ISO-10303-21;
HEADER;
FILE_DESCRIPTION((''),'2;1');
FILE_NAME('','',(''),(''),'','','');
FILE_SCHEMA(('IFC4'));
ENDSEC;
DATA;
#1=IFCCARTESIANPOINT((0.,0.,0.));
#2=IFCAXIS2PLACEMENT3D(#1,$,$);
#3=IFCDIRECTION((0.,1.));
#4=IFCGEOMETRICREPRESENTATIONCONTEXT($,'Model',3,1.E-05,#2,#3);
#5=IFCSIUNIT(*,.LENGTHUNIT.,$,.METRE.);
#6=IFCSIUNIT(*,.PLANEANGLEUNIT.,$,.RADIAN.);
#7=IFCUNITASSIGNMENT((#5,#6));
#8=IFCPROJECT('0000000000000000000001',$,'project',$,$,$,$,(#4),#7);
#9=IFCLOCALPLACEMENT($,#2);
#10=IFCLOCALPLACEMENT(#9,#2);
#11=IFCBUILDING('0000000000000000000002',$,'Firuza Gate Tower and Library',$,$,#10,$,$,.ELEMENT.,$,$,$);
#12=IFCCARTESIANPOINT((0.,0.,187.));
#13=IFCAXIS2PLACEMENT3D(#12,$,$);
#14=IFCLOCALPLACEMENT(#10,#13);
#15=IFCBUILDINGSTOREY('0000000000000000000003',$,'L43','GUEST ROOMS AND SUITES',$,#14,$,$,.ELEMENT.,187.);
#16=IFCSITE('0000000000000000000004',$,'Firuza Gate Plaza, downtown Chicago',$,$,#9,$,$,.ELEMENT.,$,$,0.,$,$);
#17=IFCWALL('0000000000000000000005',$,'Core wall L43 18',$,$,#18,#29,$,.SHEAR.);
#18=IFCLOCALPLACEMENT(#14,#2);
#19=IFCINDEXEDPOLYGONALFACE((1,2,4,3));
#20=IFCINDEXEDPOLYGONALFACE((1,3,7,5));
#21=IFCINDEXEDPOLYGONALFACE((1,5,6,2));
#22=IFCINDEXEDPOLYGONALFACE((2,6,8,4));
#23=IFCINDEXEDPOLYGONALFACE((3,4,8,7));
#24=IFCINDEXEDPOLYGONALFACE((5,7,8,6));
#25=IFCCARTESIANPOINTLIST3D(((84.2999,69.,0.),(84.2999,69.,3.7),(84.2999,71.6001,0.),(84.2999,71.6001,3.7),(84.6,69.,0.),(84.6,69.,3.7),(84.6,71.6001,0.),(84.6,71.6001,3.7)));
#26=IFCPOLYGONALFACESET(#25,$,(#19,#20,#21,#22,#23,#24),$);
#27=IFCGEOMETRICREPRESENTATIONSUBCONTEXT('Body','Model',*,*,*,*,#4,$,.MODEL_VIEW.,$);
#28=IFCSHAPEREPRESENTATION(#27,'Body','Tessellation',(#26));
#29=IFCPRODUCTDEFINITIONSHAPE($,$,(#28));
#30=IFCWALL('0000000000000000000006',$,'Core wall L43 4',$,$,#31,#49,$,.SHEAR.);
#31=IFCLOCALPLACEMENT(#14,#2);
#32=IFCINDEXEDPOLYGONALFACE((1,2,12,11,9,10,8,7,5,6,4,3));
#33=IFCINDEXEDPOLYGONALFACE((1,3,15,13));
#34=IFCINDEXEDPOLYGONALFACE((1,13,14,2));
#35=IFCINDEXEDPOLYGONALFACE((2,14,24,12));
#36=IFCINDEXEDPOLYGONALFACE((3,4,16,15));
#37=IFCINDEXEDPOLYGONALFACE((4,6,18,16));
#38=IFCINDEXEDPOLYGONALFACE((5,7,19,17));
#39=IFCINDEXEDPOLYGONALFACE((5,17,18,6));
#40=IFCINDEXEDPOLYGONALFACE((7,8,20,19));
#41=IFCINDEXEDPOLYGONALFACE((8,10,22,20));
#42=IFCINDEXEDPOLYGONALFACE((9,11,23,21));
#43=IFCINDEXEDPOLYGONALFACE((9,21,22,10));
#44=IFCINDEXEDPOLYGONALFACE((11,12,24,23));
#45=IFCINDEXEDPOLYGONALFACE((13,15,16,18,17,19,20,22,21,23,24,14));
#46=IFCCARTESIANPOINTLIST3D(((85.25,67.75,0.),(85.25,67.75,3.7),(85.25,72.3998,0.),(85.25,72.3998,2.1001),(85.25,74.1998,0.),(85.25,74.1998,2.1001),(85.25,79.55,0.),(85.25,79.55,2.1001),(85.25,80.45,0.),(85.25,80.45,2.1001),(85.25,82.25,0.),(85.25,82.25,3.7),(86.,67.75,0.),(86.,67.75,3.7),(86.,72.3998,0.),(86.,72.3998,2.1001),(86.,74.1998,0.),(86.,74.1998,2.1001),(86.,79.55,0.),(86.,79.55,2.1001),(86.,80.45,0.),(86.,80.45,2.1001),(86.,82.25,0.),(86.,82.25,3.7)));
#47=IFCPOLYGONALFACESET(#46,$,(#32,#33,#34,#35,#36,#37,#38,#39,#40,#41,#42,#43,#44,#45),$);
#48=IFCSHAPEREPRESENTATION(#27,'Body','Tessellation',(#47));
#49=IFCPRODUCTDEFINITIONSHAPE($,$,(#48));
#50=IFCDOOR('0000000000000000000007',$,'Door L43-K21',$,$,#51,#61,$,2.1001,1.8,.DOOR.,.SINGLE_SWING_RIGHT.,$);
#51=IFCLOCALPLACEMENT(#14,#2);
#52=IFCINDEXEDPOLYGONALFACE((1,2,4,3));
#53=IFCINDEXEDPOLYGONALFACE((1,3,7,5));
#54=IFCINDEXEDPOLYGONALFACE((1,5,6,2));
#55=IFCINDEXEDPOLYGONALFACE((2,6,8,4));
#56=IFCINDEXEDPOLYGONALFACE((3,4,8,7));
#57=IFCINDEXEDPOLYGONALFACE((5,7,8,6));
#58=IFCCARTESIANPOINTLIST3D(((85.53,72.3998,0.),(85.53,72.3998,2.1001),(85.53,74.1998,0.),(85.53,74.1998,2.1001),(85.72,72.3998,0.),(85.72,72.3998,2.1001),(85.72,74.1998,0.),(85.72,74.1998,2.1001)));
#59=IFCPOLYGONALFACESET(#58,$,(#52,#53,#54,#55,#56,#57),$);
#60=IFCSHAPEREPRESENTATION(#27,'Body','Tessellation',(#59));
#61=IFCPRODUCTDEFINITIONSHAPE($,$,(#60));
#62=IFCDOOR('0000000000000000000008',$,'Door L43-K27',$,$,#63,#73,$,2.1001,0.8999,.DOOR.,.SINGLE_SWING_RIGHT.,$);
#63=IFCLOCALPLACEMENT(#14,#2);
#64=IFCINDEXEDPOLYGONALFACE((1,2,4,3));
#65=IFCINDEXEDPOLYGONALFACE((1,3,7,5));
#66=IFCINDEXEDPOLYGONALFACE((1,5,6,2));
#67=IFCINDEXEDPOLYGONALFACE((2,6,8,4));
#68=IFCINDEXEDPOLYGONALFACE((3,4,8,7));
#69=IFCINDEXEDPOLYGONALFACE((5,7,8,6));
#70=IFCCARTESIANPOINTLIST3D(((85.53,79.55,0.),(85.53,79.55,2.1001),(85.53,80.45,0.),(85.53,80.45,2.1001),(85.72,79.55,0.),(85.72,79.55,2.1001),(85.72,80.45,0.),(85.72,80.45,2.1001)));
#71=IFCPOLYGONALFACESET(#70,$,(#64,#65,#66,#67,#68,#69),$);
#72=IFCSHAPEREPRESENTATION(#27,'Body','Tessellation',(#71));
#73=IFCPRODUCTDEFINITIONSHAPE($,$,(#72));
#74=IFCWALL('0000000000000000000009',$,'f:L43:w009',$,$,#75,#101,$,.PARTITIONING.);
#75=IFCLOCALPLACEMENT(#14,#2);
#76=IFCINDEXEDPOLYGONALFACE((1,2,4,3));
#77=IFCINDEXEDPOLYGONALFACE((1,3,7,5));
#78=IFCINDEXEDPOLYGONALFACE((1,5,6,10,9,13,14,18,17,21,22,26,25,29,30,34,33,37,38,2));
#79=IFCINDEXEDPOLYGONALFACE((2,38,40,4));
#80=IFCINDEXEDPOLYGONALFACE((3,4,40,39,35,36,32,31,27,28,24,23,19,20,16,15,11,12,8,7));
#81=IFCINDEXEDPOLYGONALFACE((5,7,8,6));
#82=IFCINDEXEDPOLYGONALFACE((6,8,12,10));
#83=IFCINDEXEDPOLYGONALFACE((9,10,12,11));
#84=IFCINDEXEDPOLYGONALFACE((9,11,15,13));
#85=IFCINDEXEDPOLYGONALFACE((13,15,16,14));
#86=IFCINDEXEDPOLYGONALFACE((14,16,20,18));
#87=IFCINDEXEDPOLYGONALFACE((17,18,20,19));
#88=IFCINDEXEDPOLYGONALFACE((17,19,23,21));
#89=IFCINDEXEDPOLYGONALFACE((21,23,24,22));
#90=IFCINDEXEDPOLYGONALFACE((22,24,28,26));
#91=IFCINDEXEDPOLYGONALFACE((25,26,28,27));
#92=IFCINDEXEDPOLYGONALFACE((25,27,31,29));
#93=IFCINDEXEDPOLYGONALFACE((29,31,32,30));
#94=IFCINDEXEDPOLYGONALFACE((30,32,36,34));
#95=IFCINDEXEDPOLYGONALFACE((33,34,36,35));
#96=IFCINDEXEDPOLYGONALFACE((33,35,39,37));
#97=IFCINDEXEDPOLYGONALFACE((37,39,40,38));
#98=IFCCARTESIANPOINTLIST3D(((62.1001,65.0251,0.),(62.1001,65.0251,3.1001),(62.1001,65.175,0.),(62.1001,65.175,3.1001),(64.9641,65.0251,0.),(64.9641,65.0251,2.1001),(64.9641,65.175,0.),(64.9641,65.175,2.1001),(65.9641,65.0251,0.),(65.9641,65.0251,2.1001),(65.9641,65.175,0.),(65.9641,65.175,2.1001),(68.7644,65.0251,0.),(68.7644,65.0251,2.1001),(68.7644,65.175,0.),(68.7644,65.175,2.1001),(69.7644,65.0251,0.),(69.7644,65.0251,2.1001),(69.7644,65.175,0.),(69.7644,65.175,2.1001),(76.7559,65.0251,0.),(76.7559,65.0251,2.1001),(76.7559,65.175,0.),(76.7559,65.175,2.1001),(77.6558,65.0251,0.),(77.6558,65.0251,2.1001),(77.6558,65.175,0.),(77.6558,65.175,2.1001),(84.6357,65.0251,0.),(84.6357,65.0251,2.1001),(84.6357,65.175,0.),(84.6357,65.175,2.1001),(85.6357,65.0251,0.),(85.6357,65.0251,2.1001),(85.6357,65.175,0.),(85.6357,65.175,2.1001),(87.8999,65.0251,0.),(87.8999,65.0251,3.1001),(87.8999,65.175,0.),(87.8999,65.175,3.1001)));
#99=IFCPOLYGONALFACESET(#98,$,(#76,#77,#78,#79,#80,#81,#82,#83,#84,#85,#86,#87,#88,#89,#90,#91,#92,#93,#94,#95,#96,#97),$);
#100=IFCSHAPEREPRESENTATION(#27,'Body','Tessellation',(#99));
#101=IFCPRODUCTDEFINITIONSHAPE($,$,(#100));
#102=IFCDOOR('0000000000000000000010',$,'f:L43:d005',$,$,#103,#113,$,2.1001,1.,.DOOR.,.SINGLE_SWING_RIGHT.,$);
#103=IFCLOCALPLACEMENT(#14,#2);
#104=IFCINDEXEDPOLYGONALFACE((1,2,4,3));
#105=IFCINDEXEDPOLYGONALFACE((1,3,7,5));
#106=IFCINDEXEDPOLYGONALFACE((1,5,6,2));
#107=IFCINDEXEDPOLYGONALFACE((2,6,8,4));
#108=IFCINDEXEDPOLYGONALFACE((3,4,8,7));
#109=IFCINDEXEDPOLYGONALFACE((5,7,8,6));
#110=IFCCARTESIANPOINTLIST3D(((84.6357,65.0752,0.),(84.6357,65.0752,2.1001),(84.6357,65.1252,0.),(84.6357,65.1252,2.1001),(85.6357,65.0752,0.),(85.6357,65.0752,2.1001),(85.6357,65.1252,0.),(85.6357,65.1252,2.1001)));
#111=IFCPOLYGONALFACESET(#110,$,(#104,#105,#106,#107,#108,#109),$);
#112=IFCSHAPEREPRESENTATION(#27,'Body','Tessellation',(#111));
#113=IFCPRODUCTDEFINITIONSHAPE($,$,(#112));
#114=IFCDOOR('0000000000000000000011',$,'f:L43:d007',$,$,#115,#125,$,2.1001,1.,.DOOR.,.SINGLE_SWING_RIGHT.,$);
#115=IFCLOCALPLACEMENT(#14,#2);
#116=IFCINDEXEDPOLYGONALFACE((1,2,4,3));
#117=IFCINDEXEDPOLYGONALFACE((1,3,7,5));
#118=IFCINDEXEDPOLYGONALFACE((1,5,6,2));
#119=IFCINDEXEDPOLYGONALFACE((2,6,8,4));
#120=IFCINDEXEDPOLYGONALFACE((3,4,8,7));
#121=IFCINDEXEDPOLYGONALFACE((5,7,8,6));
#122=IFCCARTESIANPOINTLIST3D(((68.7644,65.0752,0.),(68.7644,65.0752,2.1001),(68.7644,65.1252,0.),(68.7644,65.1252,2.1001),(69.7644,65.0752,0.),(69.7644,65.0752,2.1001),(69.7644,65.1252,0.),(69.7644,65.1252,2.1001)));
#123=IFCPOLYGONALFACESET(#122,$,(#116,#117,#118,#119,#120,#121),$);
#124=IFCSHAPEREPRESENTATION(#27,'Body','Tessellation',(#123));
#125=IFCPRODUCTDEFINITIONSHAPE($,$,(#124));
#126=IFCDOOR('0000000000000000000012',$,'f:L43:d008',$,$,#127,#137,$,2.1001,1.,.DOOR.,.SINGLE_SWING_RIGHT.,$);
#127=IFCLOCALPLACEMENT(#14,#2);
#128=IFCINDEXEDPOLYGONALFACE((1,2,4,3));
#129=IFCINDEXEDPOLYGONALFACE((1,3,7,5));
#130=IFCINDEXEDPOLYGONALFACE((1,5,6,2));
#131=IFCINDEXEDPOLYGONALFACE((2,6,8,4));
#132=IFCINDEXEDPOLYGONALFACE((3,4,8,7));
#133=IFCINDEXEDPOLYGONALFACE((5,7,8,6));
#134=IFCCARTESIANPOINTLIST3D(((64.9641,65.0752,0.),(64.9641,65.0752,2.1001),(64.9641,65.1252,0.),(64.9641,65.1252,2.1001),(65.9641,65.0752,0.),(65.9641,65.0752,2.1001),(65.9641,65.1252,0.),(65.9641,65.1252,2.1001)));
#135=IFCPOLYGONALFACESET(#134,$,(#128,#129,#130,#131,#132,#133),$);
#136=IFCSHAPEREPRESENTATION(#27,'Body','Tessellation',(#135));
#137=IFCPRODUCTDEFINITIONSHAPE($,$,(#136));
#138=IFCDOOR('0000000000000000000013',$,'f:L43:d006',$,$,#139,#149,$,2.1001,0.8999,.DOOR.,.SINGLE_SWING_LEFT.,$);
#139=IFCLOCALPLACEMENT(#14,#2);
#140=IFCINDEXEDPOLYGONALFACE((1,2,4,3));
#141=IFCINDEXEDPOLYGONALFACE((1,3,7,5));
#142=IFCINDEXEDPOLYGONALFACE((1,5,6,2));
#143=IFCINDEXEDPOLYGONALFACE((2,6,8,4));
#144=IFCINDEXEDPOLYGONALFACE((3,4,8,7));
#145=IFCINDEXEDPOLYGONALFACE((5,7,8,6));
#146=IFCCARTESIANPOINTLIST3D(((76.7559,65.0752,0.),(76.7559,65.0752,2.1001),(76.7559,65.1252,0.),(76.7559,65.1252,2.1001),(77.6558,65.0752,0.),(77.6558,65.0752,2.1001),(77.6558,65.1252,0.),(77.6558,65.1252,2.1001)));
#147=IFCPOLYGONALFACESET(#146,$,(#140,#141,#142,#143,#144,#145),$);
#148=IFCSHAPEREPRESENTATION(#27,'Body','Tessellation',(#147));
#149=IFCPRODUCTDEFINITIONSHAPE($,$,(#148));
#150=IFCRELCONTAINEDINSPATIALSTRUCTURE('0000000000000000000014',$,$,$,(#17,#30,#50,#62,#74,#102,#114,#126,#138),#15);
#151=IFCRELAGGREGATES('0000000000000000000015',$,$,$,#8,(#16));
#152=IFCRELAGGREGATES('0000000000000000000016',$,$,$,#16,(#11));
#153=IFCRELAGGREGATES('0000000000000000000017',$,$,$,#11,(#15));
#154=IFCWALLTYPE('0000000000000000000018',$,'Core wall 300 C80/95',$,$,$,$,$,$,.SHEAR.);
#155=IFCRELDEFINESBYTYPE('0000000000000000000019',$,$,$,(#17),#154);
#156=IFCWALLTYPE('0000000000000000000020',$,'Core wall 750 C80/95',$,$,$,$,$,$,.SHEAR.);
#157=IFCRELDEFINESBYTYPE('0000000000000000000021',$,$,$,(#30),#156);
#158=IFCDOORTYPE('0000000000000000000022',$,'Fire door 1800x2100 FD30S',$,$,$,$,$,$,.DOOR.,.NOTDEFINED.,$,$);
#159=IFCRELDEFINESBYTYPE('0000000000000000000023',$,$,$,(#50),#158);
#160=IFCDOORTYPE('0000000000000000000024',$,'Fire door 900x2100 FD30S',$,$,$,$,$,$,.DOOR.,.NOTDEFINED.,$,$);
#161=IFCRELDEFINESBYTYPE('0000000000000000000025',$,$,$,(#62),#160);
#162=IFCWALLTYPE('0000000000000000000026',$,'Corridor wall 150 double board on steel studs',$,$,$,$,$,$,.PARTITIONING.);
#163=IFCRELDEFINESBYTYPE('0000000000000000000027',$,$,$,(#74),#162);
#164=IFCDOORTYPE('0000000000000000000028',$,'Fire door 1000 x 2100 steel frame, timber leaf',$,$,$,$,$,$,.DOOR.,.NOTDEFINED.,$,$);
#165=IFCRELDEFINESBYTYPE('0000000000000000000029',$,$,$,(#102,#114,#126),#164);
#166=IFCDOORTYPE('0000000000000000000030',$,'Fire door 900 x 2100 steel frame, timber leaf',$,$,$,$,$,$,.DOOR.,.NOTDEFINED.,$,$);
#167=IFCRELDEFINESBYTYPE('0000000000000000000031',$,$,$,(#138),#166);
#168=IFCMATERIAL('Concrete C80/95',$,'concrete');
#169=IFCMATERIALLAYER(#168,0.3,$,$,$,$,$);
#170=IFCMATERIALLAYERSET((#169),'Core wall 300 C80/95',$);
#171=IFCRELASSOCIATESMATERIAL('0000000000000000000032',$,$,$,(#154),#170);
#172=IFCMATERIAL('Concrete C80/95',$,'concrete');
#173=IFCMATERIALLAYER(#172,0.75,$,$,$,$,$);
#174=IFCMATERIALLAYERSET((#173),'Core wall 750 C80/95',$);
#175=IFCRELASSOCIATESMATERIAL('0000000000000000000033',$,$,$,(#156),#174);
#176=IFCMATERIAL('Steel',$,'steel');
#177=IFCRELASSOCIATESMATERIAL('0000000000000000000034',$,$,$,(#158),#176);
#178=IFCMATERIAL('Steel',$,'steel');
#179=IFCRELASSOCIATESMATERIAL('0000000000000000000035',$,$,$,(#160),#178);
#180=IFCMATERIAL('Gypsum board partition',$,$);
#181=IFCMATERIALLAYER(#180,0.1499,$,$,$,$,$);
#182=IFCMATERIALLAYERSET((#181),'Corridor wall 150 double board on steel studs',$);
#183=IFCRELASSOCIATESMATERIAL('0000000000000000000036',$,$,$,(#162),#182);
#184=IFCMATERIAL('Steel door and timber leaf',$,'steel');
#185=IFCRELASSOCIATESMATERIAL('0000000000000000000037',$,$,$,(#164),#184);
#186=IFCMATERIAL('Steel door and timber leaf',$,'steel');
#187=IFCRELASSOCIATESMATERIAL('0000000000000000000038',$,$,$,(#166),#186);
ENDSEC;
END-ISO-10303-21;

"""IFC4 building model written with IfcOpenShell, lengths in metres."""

from ifc_helpers import new_model, si_unit, direction, frame, frame_2d, origin, place, context, subcontext, project, spatial, rectangle, extrude, material, layer, layer_set, type_object, element, fill, save


model = new_model("IFC4")

# Units and contexts
model_context = context("Model", 3, precision=1e-05, world=origin(), true_north=direction((0.0, 1.0)))
body_context = subcontext(model_context, "Body", "Model", "MODEL_VIEW")
ifc_project = project(units=[si_unit("LENGTHUNIT", "METRE"), si_unit("PLANEANGLEUNIT", "RADIAN")], contexts=[model_context])

# Site, building, storey
site_placement = place(None, origin())
site = spatial("IfcSite", under=ifc_project, at=site_placement, Name="Firuza Gate Plaza, downtown Chicago", CompositionType="ELEMENT", RefElevation=0.0)
building_placement = place(site_placement, origin())
building = spatial("IfcBuilding", under=site, at=building_placement, Name="Firuza Gate Tower and Library", CompositionType="ELEMENT")
storey_placement = place(building_placement, frame((0.0, 0.0, 187.0)))
storey = spatial("IfcBuildingStorey", under=building, at=storey_placement, Name="L43", Description="GUEST ROOMS AND SUITES", CompositionType="ELEMENT", Elevation=187.0)

# Wall
ifc_material_1 = material(Name="Concrete C80/95", Category="concrete")
ifc_layer_1 = layer(ifc_material_1, 0.3)
ifc_layer_set_1 = layer_set([ifc_layer_1], Name="Core wall 300 C80/95")
wall_type_1 = type_object("IfcWallType", Name="Core wall 300 C80/95", PredefinedType="SHEAR", material=ifc_layer_set_1)
for number, where, z_axis, x_axis, name in (
    (1, (84.45, 69.0, 0.0), (0.0, 0.0, 1.0), (0.0, 1.0, 0.0), "Core wall L43 18"),
):
    element("IfcWall", number, at=place(storey_placement, frame(where, z_axis=z_axis, x_axis=x_axis)), inside=storey, type_object=wall_type_1, Name=name, PredefinedType="SHEAR", context=body_context, shape_type="SweptSolid", body=[
        extrude(rectangle(XDim=2.6001, YDim=0.3, at=frame_2d((1.3, 0.0))), origin(), (0.0, 0.0, 1.0), 3.7),
    ])

# Walls, openings, doors
ifc_material_2 = material(Name="Concrete C80/95", Category="concrete")
ifc_layer_2 = layer(ifc_material_2, 0.75)
ifc_layer_set_2 = layer_set([ifc_layer_2], Name="Core wall 750 C80/95")
wall_type_2 = type_object("IfcWallType", Name="Core wall 750 C80/95", PredefinedType="SHEAR", material=ifc_layer_set_2)
wall_1_placement = place(storey_placement, frame((85.625, 67.75, 0.0), z_axis=(0.0, 0.0, 1.0), x_axis=(0.0, 1.0, 0.0)))
wall_1 = element("IfcWall", 2, at=wall_1_placement, inside=storey, type_object=wall_type_2, Name="Core wall L43 4", PredefinedType="SHEAR", context=body_context, shape_type="SweptSolid", body=[
    extrude(rectangle(XDim=14.5, YDim=0.75, at=frame_2d((7.25, 0.0))), origin(), (0.0, 0.0, 1.0), 3.7),
])
opening_1_placement = place(wall_1_placement, frame((4.6499, 0.0, 0.0)))
opening_1 = element("IfcOpeningElement", 3, at=opening_1_placement, cuts=wall_1, PredefinedType="OPENING", context=body_context, shape_type="SweptSolid", body=[
    extrude(rectangle(XDim=1.8, YDim=2.1001, at=frame_2d((0.8999, 1.05))), frame((0.0, 0.385, 0.0), z_axis=(0.0, -1.0, 0.0), x_axis=(1.0, 0.0, 0.0)), (0.0, 0.0, 1.0), 0.77),
])
opening_2_placement = place(wall_1_placement, frame((11.8, 0.0, 0.0)))
opening_2 = element("IfcOpeningElement", 4, at=opening_2_placement, cuts=wall_1, PredefinedType="OPENING", context=body_context, shape_type="SweptSolid", body=[
    extrude(rectangle(XDim=0.8999, YDim=2.1001, at=frame_2d((0.45, 1.05))), frame((0.0, 0.385, 0.0), z_axis=(0.0, -1.0, 0.0), x_axis=(1.0, 0.0, 0.0)), (0.0, 0.0, 1.0), 0.77),
])
ifc_material_3 = material(Name="Steel", Category="steel")
door_type_1 = type_object("IfcDoorType", Name="Fire door 1800x2100 FD30S", OperationType="NOTDEFINED", PredefinedType="DOOR", material=ifc_material_3)
door_1_placement = place(opening_1_placement, origin())
door_1 = element("IfcDoor", 5, at=door_1_placement, inside=storey, type_object=door_type_1, Name="Door L43-K21", OperationType="SINGLE_SWING_RIGHT", OverallHeight=2.1001, OverallWidth=1.8, PredefinedType="DOOR", context=body_context, shape_type="SweptSolid", body=[
    extrude(rectangle(XDim=1.8, YDim=2.1001, at=frame_2d((0.8999, 1.05))), frame((0.0, 0.095, 0.0), z_axis=(0.0, -1.0, 0.0), x_axis=(1.0, 0.0, 0.0)), (0.0, 0.0, 1.0), 0.1899),
])
fill(opening_1, door_1)
ifc_material_4 = material(Name="Steel", Category="steel")
door_type_2 = type_object("IfcDoorType", Name="Fire door 900x2100 FD30S", OperationType="NOTDEFINED", PredefinedType="DOOR", material=ifc_material_4)
door_2_placement = place(opening_2_placement, origin())
door_2 = element("IfcDoor", 6, at=door_2_placement, inside=storey, type_object=door_type_2, Name="Door L43-K27", OperationType="SINGLE_SWING_RIGHT", OverallHeight=2.1001, OverallWidth=0.8999, PredefinedType="DOOR", context=body_context, shape_type="SweptSolid", body=[
    extrude(rectangle(XDim=0.8999, YDim=2.1001, at=frame_2d((0.45, 1.05))), frame((0.0, 0.095, 0.0), z_axis=(0.0, -1.0, 0.0), x_axis=(1.0, 0.0, 0.0)), (0.0, 0.0, 1.0), 0.1899),
])
fill(opening_2, door_2)
ifc_material_5 = material(Name="Gypsum board partition")
ifc_layer_3 = layer(ifc_material_5, 0.1499)
ifc_layer_set_3 = layer_set([ifc_layer_3], Name="Corridor wall 150 double board on steel studs")
wall_type_3 = type_object("IfcWallType", Name="Corridor wall 150 double board on steel studs", PredefinedType="PARTITIONING", material=ifc_layer_set_3)
wall_2_placement = place(storey_placement, frame((87.8999, 65.1001, 0.0), z_axis=(0.0, 0.0, 1.0), x_axis=(-1.0, 0.0, 0.0)))
wall_2 = element("IfcWall", 7, at=wall_2_placement, inside=storey, type_object=wall_type_3, Name="f:L43:w009", PredefinedType="PARTITIONING", context=body_context, shape_type="SweptSolid", body=[
    extrude(rectangle(XDim=25.7998, YDim=0.1499, at=frame_2d((12.8999, 0.0))), origin(), (0.0, 0.0, 1.0), 3.1001),
])
opening_3_placement = place(wall_2_placement, frame((2.2642, 0.0, 0.0)))
opening_3 = element("IfcOpeningElement", 8, at=opening_3_placement, cuts=wall_2, PredefinedType="OPENING", context=body_context, shape_type="SweptSolid", body=[
    extrude(rectangle(XDim=1.0, YDim=2.1001, at=frame_2d((0.5, 1.05))), frame((0.0, 0.085, 0.0), z_axis=(0.0, -1.0, 0.0), x_axis=(1.0, 0.0, 0.0)), (0.0, 0.0, 1.0), 0.1699),
])
opening_4_placement = place(wall_2_placement, frame((10.2441, 0.0, 0.0)))
opening_4 = element("IfcOpeningElement", 9, at=opening_4_placement, cuts=wall_2, PredefinedType="OPENING", context=body_context, shape_type="SweptSolid", body=[
    extrude(rectangle(XDim=0.8999, YDim=2.1001, at=frame_2d((0.45, 1.05))), frame((0.0, 0.085, 0.0), z_axis=(0.0, -1.0, 0.0), x_axis=(1.0, 0.0, 0.0)), (0.0, 0.0, 1.0), 0.1699),
])
opening_5_placement = place(wall_2_placement, frame((18.1355, 0.0, 0.0)))
opening_5 = element("IfcOpeningElement", 10, at=opening_5_placement, cuts=wall_2, PredefinedType="OPENING", context=body_context, shape_type="SweptSolid", body=[
    extrude(rectangle(XDim=1.0, YDim=2.1001, at=frame_2d((0.5, 1.05))), frame((0.0, 0.085, 0.0), z_axis=(0.0, -1.0, 0.0), x_axis=(1.0, 0.0, 0.0)), (0.0, 0.0, 1.0), 0.1699),
])
opening_6_placement = place(wall_2_placement, frame((21.9358, 0.0, 0.0)))
opening_6 = element("IfcOpeningElement", 11, at=opening_6_placement, cuts=wall_2, PredefinedType="OPENING", context=body_context, shape_type="SweptSolid", body=[
    extrude(rectangle(XDim=1.0, YDim=2.1001, at=frame_2d((0.5, 1.05))), frame((0.0, 0.085, 0.0), z_axis=(0.0, -1.0, 0.0), x_axis=(1.0, 0.0, 0.0)), (0.0, 0.0, 1.0), 0.1699),
])
ifc_material_6 = material(Name="Steel door and timber leaf", Category="steel")
door_type_3 = type_object("IfcDoorType", Name="Fire door 1000 x 2100 steel frame, timber leaf", OperationType="NOTDEFINED", PredefinedType="DOOR", material=ifc_material_6)
door_3_placement = place(opening_3_placement, origin())
door_3 = element("IfcDoor", 12, at=door_3_placement, inside=storey, type_object=door_type_3, Name="f:L43:d005", OperationType="SINGLE_SWING_RIGHT", OverallHeight=2.1001, OverallWidth=1.0, PredefinedType="DOOR", context=body_context, shape_type="SweptSolid", body=[
    extrude(rectangle(XDim=1.0, YDim=2.1001, at=frame_2d((0.5, 1.05))), frame((0.0, 0.0249, 0.0), z_axis=(0.0, -1.0, 0.0), x_axis=(1.0, 0.0, 0.0)), (0.0, 0.0, 1.0), 0.05),
])
fill(opening_3, door_3)
door_4_placement = place(opening_5_placement, origin())
door_4 = element("IfcDoor", 13, at=door_4_placement, inside=storey, type_object=door_type_3, Name="f:L43:d007", OperationType="SINGLE_SWING_RIGHT", OverallHeight=2.1001, OverallWidth=1.0, PredefinedType="DOOR", context=body_context, shape_type="SweptSolid", body=[
    extrude(rectangle(XDim=1.0, YDim=2.1001, at=frame_2d((0.5, 1.05))), frame((0.0, 0.0249, 0.0), z_axis=(0.0, -1.0, 0.0), x_axis=(1.0, 0.0, 0.0)), (0.0, 0.0, 1.0), 0.05),
])
fill(opening_5, door_4)
door_5_placement = place(opening_6_placement, origin())
door_5 = element("IfcDoor", 14, at=door_5_placement, inside=storey, type_object=door_type_3, Name="f:L43:d008", OperationType="SINGLE_SWING_RIGHT", OverallHeight=2.1001, OverallWidth=1.0, PredefinedType="DOOR", context=body_context, shape_type="SweptSolid", body=[
    extrude(rectangle(XDim=1.0, YDim=2.1001, at=frame_2d((0.5, 1.05))), frame((0.0, 0.0249, 0.0), z_axis=(0.0, -1.0, 0.0), x_axis=(1.0, 0.0, 0.0)), (0.0, 0.0, 1.0), 0.05),
])
fill(opening_6, door_5)
ifc_material_7 = material(Name="Steel door and timber leaf", Category="steel")
door_type_4 = type_object("IfcDoorType", Name="Fire door 900 x 2100 steel frame, timber leaf", OperationType="NOTDEFINED", PredefinedType="DOOR", material=ifc_material_7)
door_6_placement = place(opening_4_placement, origin())
door_6 = element("IfcDoor", 15, at=door_6_placement, inside=storey, type_object=door_type_4, Name="f:L43:d006", OperationType="SINGLE_SWING_LEFT", OverallHeight=2.1001, OverallWidth=0.8999, PredefinedType="DOOR", context=body_context, shape_type="SweptSolid", body=[
    extrude(rectangle(XDim=0.8999, YDim=2.1001, at=frame_2d((0.45, 1.05))), frame((0.0, 0.0249, 0.0), z_axis=(0.0, -1.0, 0.0), x_axis=(1.0, 0.0, 0.0)), (0.0, 0.0, 1.0), 0.05),
])
fill(opening_4, door_6)

save(model, "model.ifc")
